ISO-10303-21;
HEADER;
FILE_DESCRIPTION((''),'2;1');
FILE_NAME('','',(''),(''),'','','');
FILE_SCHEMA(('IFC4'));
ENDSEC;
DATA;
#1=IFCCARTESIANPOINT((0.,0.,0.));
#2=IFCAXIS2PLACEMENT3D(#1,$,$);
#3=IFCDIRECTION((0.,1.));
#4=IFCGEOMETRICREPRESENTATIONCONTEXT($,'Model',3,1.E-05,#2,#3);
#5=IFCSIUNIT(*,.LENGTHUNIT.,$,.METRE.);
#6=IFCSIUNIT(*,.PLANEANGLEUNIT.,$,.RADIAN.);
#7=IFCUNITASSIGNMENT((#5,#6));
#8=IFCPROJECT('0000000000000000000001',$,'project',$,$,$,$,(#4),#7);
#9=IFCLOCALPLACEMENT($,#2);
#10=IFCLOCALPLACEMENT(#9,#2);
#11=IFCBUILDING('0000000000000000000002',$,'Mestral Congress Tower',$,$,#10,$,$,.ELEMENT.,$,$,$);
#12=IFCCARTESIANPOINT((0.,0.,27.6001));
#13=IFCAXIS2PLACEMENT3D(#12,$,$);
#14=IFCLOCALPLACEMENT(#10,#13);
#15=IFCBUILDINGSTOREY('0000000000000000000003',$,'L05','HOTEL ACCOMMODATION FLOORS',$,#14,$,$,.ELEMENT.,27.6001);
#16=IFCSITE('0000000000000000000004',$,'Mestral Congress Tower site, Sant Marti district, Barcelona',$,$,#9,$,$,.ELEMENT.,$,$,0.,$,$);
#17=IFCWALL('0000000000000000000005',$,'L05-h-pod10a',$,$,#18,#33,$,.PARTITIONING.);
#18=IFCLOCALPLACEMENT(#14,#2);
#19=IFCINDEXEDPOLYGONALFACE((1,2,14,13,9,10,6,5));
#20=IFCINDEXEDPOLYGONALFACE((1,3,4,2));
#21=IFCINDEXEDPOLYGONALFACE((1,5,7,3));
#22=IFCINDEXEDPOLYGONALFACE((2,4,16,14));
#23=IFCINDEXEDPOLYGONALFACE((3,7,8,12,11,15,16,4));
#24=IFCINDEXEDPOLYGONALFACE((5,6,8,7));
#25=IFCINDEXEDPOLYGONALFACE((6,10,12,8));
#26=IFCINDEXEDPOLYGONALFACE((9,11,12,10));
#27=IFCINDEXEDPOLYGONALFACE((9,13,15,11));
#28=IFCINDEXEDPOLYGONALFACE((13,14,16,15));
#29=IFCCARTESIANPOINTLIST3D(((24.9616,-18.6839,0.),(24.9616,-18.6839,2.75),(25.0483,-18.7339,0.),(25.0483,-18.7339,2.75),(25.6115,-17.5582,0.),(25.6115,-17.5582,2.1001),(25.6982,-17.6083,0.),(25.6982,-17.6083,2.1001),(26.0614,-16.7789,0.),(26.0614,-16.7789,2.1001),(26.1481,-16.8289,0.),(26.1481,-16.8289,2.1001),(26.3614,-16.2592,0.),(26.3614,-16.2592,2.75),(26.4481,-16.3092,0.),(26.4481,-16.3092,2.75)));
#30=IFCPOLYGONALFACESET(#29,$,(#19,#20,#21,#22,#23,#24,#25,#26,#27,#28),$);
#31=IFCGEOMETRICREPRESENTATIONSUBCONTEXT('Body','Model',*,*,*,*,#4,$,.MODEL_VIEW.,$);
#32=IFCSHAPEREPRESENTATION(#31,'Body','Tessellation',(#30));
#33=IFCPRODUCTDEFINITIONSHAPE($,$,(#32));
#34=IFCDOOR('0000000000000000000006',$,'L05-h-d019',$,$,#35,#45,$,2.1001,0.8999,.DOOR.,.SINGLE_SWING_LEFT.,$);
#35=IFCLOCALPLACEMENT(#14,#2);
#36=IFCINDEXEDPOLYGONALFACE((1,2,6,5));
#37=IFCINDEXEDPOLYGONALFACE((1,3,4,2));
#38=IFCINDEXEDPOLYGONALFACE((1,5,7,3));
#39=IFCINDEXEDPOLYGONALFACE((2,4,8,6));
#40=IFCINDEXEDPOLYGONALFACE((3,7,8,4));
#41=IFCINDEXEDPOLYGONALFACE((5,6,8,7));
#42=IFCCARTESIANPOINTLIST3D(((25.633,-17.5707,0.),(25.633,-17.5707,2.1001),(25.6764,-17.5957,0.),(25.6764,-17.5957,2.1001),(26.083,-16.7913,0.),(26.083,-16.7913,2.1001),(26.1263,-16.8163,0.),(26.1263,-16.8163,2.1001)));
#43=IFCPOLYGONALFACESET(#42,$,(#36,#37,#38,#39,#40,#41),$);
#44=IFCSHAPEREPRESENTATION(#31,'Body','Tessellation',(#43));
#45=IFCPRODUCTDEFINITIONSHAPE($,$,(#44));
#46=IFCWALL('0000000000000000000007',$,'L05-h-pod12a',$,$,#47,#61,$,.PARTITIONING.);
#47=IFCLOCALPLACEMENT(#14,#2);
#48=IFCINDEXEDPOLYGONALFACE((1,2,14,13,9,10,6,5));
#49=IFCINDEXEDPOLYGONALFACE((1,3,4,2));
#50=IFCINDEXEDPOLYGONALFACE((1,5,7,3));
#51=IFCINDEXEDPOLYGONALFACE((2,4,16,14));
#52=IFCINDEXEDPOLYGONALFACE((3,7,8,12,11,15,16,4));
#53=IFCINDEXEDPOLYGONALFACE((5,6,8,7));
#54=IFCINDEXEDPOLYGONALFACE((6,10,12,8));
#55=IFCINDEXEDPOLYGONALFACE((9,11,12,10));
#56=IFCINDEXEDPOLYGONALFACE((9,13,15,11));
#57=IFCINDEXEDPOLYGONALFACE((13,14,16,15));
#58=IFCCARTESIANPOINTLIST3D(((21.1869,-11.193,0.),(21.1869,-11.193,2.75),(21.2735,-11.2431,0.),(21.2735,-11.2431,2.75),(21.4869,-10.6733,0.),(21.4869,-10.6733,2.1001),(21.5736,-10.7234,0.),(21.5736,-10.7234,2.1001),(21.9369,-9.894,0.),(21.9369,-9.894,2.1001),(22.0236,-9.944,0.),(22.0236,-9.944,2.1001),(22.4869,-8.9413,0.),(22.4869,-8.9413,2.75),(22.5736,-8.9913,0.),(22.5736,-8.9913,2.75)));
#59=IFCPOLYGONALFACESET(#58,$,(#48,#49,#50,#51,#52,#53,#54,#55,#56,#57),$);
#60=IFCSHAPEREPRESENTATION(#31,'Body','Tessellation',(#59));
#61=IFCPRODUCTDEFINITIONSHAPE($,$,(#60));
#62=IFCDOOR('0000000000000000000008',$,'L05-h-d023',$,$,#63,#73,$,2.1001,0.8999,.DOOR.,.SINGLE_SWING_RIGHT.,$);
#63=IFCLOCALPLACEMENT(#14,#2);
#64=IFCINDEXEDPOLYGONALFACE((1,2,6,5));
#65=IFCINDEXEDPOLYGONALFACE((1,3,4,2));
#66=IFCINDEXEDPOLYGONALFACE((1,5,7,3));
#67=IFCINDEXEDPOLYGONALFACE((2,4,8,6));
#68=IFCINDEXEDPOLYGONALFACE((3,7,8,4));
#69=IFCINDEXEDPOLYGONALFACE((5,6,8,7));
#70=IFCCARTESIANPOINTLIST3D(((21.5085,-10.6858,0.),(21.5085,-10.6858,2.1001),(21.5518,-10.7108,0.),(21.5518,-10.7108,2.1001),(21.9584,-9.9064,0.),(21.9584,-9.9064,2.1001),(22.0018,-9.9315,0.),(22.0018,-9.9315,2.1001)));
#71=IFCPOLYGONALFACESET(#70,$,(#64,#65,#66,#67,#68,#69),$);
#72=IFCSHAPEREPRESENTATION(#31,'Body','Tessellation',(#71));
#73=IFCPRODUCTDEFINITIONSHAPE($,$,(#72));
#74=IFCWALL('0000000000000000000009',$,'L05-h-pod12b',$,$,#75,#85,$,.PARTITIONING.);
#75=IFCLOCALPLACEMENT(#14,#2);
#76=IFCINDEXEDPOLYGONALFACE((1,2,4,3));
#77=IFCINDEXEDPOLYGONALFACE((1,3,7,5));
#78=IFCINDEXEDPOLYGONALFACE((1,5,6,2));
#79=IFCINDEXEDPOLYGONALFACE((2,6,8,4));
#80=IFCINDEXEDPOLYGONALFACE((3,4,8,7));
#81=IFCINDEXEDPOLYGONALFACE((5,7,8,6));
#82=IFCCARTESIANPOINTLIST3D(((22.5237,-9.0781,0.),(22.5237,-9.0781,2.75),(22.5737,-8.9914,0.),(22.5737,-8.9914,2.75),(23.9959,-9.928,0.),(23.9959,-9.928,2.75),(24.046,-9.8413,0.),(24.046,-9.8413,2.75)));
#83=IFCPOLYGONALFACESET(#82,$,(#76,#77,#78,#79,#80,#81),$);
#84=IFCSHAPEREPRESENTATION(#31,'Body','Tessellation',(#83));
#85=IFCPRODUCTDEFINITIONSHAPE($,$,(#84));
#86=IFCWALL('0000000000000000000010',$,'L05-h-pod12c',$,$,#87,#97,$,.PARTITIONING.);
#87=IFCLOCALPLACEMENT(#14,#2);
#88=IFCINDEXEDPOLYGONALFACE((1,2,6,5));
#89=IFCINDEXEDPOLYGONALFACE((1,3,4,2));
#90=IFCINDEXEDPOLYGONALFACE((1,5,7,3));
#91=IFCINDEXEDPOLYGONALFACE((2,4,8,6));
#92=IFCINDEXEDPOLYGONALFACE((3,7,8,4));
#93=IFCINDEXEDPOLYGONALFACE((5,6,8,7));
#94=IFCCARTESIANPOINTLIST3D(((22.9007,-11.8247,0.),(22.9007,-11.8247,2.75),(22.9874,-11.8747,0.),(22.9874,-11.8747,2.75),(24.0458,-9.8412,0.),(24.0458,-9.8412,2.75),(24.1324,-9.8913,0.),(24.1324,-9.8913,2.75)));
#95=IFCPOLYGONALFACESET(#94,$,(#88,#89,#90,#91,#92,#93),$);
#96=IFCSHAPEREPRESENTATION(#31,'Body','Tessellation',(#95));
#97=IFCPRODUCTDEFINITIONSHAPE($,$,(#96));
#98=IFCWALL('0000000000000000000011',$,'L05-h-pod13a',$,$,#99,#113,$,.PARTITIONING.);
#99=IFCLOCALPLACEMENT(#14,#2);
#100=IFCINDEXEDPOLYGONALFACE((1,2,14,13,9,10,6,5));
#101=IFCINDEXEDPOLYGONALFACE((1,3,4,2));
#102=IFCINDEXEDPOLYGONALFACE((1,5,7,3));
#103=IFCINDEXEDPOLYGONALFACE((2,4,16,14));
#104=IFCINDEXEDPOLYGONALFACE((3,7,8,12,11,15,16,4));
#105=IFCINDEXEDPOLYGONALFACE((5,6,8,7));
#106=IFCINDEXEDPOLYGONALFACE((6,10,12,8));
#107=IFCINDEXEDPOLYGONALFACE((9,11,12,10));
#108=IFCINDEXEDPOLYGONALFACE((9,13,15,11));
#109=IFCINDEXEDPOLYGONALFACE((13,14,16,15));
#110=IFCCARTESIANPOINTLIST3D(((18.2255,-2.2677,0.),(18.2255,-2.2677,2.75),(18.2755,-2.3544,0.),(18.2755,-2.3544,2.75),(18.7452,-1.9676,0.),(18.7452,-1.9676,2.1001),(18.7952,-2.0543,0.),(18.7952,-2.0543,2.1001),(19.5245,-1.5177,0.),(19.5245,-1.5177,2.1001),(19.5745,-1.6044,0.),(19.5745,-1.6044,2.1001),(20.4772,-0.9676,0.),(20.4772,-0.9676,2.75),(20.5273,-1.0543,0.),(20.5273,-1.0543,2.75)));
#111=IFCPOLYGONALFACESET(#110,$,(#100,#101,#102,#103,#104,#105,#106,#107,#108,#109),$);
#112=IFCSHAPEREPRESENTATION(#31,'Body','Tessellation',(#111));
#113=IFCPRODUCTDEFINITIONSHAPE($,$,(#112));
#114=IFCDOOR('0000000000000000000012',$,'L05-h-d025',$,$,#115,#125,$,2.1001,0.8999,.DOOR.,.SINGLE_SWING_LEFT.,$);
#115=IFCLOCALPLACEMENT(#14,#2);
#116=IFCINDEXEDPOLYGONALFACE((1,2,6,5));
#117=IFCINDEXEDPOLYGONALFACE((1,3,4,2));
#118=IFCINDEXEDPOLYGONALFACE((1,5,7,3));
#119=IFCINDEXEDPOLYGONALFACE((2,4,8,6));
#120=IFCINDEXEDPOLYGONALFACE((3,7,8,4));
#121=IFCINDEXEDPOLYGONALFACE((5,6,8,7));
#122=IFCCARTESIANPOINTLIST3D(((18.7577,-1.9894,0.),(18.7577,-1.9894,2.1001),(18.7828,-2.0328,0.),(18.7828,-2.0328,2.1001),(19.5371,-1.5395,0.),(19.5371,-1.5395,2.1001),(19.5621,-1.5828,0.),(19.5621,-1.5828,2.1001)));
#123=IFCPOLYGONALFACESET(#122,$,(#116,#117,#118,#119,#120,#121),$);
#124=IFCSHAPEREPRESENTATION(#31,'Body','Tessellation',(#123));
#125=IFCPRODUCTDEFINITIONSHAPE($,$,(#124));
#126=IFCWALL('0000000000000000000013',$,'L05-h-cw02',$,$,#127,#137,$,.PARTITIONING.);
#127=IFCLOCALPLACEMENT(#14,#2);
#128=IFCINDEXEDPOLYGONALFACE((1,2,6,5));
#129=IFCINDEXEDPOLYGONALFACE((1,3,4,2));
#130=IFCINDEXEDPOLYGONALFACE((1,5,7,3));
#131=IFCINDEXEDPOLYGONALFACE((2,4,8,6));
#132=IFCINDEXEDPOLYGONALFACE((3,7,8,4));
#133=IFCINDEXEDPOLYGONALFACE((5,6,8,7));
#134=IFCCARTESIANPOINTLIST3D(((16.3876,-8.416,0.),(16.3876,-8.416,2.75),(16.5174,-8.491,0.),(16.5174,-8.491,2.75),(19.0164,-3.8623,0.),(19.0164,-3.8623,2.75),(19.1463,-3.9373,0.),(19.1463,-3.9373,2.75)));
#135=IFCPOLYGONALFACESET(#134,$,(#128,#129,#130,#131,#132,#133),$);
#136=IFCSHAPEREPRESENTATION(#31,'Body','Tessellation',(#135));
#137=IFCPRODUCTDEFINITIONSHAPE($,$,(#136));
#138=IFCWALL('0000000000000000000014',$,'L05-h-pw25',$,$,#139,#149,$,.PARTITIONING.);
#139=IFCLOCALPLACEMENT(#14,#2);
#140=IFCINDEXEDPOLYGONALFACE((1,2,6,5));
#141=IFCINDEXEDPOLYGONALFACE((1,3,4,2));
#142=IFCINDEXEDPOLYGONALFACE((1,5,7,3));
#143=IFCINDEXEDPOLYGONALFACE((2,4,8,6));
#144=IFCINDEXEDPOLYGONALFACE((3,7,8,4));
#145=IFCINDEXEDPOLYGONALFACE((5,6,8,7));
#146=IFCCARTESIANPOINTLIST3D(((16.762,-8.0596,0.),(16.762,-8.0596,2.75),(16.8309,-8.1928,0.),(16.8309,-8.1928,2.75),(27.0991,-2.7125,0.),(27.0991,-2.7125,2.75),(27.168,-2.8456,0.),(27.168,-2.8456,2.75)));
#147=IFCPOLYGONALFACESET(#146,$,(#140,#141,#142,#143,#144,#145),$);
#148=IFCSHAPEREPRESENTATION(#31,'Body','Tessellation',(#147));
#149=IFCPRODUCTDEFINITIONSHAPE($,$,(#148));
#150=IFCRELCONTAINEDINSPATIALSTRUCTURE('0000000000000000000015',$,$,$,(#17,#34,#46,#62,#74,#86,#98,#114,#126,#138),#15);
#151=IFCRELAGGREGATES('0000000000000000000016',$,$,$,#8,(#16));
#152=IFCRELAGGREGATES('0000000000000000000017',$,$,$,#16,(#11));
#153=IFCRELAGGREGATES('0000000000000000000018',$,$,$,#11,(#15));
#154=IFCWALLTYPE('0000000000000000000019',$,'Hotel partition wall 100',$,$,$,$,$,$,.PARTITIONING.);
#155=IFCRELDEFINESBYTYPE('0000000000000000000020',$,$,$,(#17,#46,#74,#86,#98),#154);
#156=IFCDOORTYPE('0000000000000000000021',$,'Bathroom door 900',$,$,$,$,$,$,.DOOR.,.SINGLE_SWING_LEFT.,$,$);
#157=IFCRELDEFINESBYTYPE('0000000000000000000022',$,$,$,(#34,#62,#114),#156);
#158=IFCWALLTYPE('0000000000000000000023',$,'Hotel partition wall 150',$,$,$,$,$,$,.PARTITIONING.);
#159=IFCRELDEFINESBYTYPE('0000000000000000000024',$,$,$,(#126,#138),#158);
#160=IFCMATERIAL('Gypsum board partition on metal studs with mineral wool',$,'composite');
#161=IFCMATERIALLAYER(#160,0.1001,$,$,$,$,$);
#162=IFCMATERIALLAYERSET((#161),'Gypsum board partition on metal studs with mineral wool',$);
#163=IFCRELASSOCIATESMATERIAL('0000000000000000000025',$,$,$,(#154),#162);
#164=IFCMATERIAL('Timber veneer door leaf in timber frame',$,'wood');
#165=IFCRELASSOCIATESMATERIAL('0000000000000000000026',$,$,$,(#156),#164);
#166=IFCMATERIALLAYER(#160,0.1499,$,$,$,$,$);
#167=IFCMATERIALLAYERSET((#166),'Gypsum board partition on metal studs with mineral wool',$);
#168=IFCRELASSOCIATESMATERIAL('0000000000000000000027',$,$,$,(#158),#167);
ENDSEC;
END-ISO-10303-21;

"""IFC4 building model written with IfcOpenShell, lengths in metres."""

from ifc_helpers import new_model, si_unit, direction, frame, frame_2d, origin, place, context, subcontext, project, spatial, rectangle, extrude, material, layer, layer_set, type_object, element, fill, save


model = new_model("IFC4")

# Units and contexts
model_context = context("Model", 3, precision=1e-05, world=origin(), true_north=direction((0.0, 1.0)))
body_context = subcontext(model_context, "Body", "Model", "MODEL_VIEW")
ifc_project = project(units=[si_unit("LENGTHUNIT", "METRE"), si_unit("PLANEANGLEUNIT", "RADIAN")], contexts=[model_context])

# Site, building, storey
site_placement = place(None, origin())
site = spatial("IfcSite", under=ifc_project, at=site_placement, Name="Mestral Congress Tower site, Sant Marti district, Barcelona", CompositionType="ELEMENT", RefElevation=0.0)
building_placement = place(site_placement, origin())
building = spatial("IfcBuilding", under=site, at=building_placement, Name="Mestral Congress Tower", CompositionType="ELEMENT")
storey_placement = place(building_placement, frame((0.0, 0.0, 27.6001)))
storey = spatial("IfcBuildingStorey", under=building, at=storey_placement, Name="L05", Description="HOTEL ACCOMMODATION FLOORS", CompositionType="ELEMENT", Elevation=27.6001)

# Shared definitions
ifc_material_1 = material(Name="Gypsum board partition on metal studs with mineral wool", Category="composite")
ifc_layer_1 = layer(ifc_material_1, 0.1001)
ifc_layer_set_1 = layer_set([ifc_layer_1], Name="Gypsum board partition on metal studs with mineral wool")
wall_type_1 = type_object("IfcWallType", Name="Hotel partition wall 100", PredefinedType="PARTITIONING", material=ifc_layer_set_1)
ifc_material_2 = material(Name="Timber veneer door leaf in timber frame", Category="wood")
door_type = type_object("IfcDoorType", Name="Bathroom door 900", OperationType="SINGLE_SWING_LEFT", PredefinedType="DOOR", material=ifc_material_2)

# Walls, openings, doors
wall_1_placement = place(storey_placement, frame((26.4048, -16.2842, 0.0), z_axis=(0.0, 0.0, 1.0), x_axis=(-0.499984, -0.866035, 0.0)))
wall_1 = element("IfcWall", 1, at=wall_1_placement, inside=storey, type_object=wall_type_1, Name="L05-h-pod10a", PredefinedType="PARTITIONING", context=body_context, shape_type="SweptSolid", body=[
    extrude(rectangle(XDim=2.7998, YDim=0.1001, at=frame_2d((1.3999, 0.0))), origin(), (0.0, 0.0, 1.0), 2.75),
])
opening_1_placement = place(wall_1_placement, frame((0.6001, 0.0, 0.0)))
opening_1 = element("IfcOpeningElement", 2, at=opening_1_placement, cuts=wall_1, PredefinedType="OPENING", context=body_context, shape_type="SweptSolid", body=[
    extrude(rectangle(XDim=0.8999, YDim=2.1001, at=frame_2d((0.45, 1.05))), frame((0.0, 0.0601, 0.0), z_axis=(0.0, -1.0, 0.0), x_axis=(1.0, 0.0, 0.0)), (0.0, 0.0, 1.0), 0.1201),
])
door_1_placement = place(opening_1_placement, origin())
door_1 = element("IfcDoor", 3, at=door_1_placement, inside=storey, type_object=door_type, Name="L05-h-d019", OperationType="SINGLE_SWING_LEFT", OverallHeight=2.1001, OverallWidth=0.8999, PredefinedType="DOOR", context=body_context, shape_type="SweptSolid", body=[
    extrude(rectangle(XDim=0.8999, YDim=2.1001, at=frame_2d((0.45, 1.05))), frame((0.0, 0.0249, 0.0), z_axis=(0.0, -1.0, 0.0), x_axis=(1.0, 0.0, 0.0)), (0.0, 0.0, 1.0), 0.05),
])
fill(opening_1, door_1)
wall_2_placement = place(storey_placement, frame((22.5303, -8.9663, 0.0), z_axis=(0.0, 0.0, 1.0), x_axis=(-0.500007, -0.866021, 0.0)))
wall_2 = element("IfcWall", 4, at=wall_2_placement, inside=storey, type_object=wall_type_1, Name="L05-h-pod12a", PredefinedType="PARTITIONING", context=body_context, shape_type="SweptSolid", body=[
    extrude(rectangle(XDim=2.6001, YDim=0.1001, at=frame_2d((1.3, 0.0))), origin(), (0.0, 0.0, 1.0), 2.75),
])
opening_2_placement = place(wall_2_placement, frame((1.1001, 0.0, 0.0)))
opening_2 = element("IfcOpeningElement", 5, at=opening_2_placement, cuts=wall_2, PredefinedType="OPENING", context=body_context, shape_type="SweptSolid", body=[
    extrude(rectangle(XDim=0.8999, YDim=2.1001, at=frame_2d((0.45, 1.05))), frame((0.0, 0.0601, 0.0), z_axis=(0.0, -1.0, 0.0), x_axis=(1.0, 0.0, 0.0)), (0.0, 0.0, 1.0), 0.1201),
])
door_2_placement = place(opening_2_placement, origin())
door_2 = element("IfcDoor", 6, at=door_2_placement, inside=storey, type_object=door_type, Name="L05-h-d023", OperationType="SINGLE_SWING_RIGHT", OverallHeight=2.1001, OverallWidth=0.8999, PredefinedType="DOOR", context=body_context, shape_type="SweptSolid", body=[
    extrude(rectangle(XDim=0.8999, YDim=2.1001, at=frame_2d((0.45, 1.05))), frame((0.0, 0.0249, 0.0), z_axis=(0.0, -1.0, 0.0), x_axis=(1.0, 0.0, 0.0)), (0.0, 0.0, 1.0), 0.05),
])
fill(opening_2, door_2)

# Walls
wall_3_placement = place(storey_placement, frame((22.5486, -9.0347, 0.0), z_axis=(0.0, 0.0, 1.0), x_axis=(0.866052, -0.499955, 0.0)))
element("IfcWall", 7, at=wall_3_placement, inside=storey, type_object=wall_type_1, Name="L05-h-pod12b", PredefinedType="PARTITIONING", context=body_context, shape_type="SweptSolid", body=[
    extrude(rectangle(XDim=1.7, YDim=0.1001, at=frame_2d((0.8501, 0.0))), origin(), (0.0, 0.0, 1.0), 2.75),
])
wall_4_placement = place(storey_placement, frame((22.9441, -11.8496, 0.0), z_axis=(0.0, 0.0, 1.0), x_axis=(0.499969, 0.866044, 0.0)))
element("IfcWall", 8, at=wall_4_placement, inside=storey, type_object=wall_type_1, Name="L05-h-pod12c", PredefinedType="PARTITIONING", context=body_context, shape_type="SweptSolid", body=[
    extrude(rectangle(XDim=2.2903, YDim=0.1001, at=frame_2d((1.145, 0.0))), origin(), (0.0, 0.0, 1.0), 2.75),
])

# Wall, opening, door
wall_5_placement = place(storey_placement, frame((18.2505, -2.311, 0.0), z_axis=(0.0, 0.0, 1.0), x_axis=(0.866021, 0.500007, 0.0)))
wall_5 = element("IfcWall", 9, at=wall_5_placement, inside=storey, type_object=wall_type_1, Name="L05-h-pod13a", PredefinedType="PARTITIONING", context=body_context, shape_type="SweptSolid", body=[
    extrude(rectangle(XDim=2.6001, YDim=0.1001, at=frame_2d((1.3, 0.0))), origin(), (0.0, 0.0, 1.0), 2.75),
])
opening_3_placement = place(wall_5_placement, frame((0.6001, 0.0, 0.0)))
opening_3 = element("IfcOpeningElement", 10, at=opening_3_placement, cuts=wall_5, PredefinedType="OPENING", context=body_context, shape_type="SweptSolid", body=[
    extrude(rectangle(XDim=0.8999, YDim=2.1001, at=frame_2d((0.45, 1.05))), frame((0.0, 0.0601, 0.0), z_axis=(0.0, -1.0, 0.0), x_axis=(1.0, 0.0, 0.0)), (0.0, 0.0, 1.0), 0.1201),
])
door_3_placement = place(opening_3_placement, origin())
door_3 = element("IfcDoor", 11, at=door_3_placement, inside=storey, type_object=door_type, Name="L05-h-d025", OperationType="SINGLE_SWING_LEFT", OverallHeight=2.1001, OverallWidth=0.8999, PredefinedType="DOOR", context=body_context, shape_type="SweptSolid", body=[
    extrude(rectangle(XDim=0.8999, YDim=2.1001, at=frame_2d((0.45, 1.05))), frame((0.0, 0.0249, 0.0), z_axis=(0.0, -1.0, 0.0), x_axis=(1.0, 0.0, 0.0)), (0.0, 0.0, 1.0), 0.05),
])
fill(opening_3, door_3)

# Walls
ifc_layer_2 = layer(ifc_material_1, 0.1499)
ifc_layer_set_2 = layer_set([ifc_layer_2], Name="Gypsum board partition on metal studs with mineral wool")
wall_type_2 = type_object("IfcWallType", Name="Hotel partition wall 150", PredefinedType="PARTITIONING", material=ifc_layer_set_2)
wall_6_placement = place(storey_placement, frame((19.0813, -3.8999, 0.0), z_axis=(0.0, 0.0, 1.0), x_axis=(-0.499974, -0.86604, 0.0)))
element("IfcWall", 12, at=wall_6_placement, inside=storey, type_object=wall_type_2, Name="L05-h-cw02", PredefinedType="PARTITIONING", context=body_context, shape_type="SweptSolid", body=[
    extrude(rectangle(XDim=5.2581, YDim=0.1499, at=frame_2d((2.6289, 0.0))), origin(), (0.0, 0.0, 1.0), 2.75),
])
wall_7_placement = place(storey_placement, frame((27.1335, -2.7791, 0.0), z_axis=(0.0, 0.0, 1.0), x_axis=(-0.888205, -0.459447, 0.0)))
element("IfcWall", 13, at=wall_7_placement, inside=storey, type_object=wall_type_2, Name="L05-h-pw25", PredefinedType="PARTITIONING", context=body_context, shape_type="SweptSolid", body=[
    extrude(rectangle(XDim=11.6382, YDim=0.1499, at=frame_2d((5.8191, 0.0))), origin(), (0.0, 0.0, 1.0), 2.75),
])

save(model, "model.ifc")
